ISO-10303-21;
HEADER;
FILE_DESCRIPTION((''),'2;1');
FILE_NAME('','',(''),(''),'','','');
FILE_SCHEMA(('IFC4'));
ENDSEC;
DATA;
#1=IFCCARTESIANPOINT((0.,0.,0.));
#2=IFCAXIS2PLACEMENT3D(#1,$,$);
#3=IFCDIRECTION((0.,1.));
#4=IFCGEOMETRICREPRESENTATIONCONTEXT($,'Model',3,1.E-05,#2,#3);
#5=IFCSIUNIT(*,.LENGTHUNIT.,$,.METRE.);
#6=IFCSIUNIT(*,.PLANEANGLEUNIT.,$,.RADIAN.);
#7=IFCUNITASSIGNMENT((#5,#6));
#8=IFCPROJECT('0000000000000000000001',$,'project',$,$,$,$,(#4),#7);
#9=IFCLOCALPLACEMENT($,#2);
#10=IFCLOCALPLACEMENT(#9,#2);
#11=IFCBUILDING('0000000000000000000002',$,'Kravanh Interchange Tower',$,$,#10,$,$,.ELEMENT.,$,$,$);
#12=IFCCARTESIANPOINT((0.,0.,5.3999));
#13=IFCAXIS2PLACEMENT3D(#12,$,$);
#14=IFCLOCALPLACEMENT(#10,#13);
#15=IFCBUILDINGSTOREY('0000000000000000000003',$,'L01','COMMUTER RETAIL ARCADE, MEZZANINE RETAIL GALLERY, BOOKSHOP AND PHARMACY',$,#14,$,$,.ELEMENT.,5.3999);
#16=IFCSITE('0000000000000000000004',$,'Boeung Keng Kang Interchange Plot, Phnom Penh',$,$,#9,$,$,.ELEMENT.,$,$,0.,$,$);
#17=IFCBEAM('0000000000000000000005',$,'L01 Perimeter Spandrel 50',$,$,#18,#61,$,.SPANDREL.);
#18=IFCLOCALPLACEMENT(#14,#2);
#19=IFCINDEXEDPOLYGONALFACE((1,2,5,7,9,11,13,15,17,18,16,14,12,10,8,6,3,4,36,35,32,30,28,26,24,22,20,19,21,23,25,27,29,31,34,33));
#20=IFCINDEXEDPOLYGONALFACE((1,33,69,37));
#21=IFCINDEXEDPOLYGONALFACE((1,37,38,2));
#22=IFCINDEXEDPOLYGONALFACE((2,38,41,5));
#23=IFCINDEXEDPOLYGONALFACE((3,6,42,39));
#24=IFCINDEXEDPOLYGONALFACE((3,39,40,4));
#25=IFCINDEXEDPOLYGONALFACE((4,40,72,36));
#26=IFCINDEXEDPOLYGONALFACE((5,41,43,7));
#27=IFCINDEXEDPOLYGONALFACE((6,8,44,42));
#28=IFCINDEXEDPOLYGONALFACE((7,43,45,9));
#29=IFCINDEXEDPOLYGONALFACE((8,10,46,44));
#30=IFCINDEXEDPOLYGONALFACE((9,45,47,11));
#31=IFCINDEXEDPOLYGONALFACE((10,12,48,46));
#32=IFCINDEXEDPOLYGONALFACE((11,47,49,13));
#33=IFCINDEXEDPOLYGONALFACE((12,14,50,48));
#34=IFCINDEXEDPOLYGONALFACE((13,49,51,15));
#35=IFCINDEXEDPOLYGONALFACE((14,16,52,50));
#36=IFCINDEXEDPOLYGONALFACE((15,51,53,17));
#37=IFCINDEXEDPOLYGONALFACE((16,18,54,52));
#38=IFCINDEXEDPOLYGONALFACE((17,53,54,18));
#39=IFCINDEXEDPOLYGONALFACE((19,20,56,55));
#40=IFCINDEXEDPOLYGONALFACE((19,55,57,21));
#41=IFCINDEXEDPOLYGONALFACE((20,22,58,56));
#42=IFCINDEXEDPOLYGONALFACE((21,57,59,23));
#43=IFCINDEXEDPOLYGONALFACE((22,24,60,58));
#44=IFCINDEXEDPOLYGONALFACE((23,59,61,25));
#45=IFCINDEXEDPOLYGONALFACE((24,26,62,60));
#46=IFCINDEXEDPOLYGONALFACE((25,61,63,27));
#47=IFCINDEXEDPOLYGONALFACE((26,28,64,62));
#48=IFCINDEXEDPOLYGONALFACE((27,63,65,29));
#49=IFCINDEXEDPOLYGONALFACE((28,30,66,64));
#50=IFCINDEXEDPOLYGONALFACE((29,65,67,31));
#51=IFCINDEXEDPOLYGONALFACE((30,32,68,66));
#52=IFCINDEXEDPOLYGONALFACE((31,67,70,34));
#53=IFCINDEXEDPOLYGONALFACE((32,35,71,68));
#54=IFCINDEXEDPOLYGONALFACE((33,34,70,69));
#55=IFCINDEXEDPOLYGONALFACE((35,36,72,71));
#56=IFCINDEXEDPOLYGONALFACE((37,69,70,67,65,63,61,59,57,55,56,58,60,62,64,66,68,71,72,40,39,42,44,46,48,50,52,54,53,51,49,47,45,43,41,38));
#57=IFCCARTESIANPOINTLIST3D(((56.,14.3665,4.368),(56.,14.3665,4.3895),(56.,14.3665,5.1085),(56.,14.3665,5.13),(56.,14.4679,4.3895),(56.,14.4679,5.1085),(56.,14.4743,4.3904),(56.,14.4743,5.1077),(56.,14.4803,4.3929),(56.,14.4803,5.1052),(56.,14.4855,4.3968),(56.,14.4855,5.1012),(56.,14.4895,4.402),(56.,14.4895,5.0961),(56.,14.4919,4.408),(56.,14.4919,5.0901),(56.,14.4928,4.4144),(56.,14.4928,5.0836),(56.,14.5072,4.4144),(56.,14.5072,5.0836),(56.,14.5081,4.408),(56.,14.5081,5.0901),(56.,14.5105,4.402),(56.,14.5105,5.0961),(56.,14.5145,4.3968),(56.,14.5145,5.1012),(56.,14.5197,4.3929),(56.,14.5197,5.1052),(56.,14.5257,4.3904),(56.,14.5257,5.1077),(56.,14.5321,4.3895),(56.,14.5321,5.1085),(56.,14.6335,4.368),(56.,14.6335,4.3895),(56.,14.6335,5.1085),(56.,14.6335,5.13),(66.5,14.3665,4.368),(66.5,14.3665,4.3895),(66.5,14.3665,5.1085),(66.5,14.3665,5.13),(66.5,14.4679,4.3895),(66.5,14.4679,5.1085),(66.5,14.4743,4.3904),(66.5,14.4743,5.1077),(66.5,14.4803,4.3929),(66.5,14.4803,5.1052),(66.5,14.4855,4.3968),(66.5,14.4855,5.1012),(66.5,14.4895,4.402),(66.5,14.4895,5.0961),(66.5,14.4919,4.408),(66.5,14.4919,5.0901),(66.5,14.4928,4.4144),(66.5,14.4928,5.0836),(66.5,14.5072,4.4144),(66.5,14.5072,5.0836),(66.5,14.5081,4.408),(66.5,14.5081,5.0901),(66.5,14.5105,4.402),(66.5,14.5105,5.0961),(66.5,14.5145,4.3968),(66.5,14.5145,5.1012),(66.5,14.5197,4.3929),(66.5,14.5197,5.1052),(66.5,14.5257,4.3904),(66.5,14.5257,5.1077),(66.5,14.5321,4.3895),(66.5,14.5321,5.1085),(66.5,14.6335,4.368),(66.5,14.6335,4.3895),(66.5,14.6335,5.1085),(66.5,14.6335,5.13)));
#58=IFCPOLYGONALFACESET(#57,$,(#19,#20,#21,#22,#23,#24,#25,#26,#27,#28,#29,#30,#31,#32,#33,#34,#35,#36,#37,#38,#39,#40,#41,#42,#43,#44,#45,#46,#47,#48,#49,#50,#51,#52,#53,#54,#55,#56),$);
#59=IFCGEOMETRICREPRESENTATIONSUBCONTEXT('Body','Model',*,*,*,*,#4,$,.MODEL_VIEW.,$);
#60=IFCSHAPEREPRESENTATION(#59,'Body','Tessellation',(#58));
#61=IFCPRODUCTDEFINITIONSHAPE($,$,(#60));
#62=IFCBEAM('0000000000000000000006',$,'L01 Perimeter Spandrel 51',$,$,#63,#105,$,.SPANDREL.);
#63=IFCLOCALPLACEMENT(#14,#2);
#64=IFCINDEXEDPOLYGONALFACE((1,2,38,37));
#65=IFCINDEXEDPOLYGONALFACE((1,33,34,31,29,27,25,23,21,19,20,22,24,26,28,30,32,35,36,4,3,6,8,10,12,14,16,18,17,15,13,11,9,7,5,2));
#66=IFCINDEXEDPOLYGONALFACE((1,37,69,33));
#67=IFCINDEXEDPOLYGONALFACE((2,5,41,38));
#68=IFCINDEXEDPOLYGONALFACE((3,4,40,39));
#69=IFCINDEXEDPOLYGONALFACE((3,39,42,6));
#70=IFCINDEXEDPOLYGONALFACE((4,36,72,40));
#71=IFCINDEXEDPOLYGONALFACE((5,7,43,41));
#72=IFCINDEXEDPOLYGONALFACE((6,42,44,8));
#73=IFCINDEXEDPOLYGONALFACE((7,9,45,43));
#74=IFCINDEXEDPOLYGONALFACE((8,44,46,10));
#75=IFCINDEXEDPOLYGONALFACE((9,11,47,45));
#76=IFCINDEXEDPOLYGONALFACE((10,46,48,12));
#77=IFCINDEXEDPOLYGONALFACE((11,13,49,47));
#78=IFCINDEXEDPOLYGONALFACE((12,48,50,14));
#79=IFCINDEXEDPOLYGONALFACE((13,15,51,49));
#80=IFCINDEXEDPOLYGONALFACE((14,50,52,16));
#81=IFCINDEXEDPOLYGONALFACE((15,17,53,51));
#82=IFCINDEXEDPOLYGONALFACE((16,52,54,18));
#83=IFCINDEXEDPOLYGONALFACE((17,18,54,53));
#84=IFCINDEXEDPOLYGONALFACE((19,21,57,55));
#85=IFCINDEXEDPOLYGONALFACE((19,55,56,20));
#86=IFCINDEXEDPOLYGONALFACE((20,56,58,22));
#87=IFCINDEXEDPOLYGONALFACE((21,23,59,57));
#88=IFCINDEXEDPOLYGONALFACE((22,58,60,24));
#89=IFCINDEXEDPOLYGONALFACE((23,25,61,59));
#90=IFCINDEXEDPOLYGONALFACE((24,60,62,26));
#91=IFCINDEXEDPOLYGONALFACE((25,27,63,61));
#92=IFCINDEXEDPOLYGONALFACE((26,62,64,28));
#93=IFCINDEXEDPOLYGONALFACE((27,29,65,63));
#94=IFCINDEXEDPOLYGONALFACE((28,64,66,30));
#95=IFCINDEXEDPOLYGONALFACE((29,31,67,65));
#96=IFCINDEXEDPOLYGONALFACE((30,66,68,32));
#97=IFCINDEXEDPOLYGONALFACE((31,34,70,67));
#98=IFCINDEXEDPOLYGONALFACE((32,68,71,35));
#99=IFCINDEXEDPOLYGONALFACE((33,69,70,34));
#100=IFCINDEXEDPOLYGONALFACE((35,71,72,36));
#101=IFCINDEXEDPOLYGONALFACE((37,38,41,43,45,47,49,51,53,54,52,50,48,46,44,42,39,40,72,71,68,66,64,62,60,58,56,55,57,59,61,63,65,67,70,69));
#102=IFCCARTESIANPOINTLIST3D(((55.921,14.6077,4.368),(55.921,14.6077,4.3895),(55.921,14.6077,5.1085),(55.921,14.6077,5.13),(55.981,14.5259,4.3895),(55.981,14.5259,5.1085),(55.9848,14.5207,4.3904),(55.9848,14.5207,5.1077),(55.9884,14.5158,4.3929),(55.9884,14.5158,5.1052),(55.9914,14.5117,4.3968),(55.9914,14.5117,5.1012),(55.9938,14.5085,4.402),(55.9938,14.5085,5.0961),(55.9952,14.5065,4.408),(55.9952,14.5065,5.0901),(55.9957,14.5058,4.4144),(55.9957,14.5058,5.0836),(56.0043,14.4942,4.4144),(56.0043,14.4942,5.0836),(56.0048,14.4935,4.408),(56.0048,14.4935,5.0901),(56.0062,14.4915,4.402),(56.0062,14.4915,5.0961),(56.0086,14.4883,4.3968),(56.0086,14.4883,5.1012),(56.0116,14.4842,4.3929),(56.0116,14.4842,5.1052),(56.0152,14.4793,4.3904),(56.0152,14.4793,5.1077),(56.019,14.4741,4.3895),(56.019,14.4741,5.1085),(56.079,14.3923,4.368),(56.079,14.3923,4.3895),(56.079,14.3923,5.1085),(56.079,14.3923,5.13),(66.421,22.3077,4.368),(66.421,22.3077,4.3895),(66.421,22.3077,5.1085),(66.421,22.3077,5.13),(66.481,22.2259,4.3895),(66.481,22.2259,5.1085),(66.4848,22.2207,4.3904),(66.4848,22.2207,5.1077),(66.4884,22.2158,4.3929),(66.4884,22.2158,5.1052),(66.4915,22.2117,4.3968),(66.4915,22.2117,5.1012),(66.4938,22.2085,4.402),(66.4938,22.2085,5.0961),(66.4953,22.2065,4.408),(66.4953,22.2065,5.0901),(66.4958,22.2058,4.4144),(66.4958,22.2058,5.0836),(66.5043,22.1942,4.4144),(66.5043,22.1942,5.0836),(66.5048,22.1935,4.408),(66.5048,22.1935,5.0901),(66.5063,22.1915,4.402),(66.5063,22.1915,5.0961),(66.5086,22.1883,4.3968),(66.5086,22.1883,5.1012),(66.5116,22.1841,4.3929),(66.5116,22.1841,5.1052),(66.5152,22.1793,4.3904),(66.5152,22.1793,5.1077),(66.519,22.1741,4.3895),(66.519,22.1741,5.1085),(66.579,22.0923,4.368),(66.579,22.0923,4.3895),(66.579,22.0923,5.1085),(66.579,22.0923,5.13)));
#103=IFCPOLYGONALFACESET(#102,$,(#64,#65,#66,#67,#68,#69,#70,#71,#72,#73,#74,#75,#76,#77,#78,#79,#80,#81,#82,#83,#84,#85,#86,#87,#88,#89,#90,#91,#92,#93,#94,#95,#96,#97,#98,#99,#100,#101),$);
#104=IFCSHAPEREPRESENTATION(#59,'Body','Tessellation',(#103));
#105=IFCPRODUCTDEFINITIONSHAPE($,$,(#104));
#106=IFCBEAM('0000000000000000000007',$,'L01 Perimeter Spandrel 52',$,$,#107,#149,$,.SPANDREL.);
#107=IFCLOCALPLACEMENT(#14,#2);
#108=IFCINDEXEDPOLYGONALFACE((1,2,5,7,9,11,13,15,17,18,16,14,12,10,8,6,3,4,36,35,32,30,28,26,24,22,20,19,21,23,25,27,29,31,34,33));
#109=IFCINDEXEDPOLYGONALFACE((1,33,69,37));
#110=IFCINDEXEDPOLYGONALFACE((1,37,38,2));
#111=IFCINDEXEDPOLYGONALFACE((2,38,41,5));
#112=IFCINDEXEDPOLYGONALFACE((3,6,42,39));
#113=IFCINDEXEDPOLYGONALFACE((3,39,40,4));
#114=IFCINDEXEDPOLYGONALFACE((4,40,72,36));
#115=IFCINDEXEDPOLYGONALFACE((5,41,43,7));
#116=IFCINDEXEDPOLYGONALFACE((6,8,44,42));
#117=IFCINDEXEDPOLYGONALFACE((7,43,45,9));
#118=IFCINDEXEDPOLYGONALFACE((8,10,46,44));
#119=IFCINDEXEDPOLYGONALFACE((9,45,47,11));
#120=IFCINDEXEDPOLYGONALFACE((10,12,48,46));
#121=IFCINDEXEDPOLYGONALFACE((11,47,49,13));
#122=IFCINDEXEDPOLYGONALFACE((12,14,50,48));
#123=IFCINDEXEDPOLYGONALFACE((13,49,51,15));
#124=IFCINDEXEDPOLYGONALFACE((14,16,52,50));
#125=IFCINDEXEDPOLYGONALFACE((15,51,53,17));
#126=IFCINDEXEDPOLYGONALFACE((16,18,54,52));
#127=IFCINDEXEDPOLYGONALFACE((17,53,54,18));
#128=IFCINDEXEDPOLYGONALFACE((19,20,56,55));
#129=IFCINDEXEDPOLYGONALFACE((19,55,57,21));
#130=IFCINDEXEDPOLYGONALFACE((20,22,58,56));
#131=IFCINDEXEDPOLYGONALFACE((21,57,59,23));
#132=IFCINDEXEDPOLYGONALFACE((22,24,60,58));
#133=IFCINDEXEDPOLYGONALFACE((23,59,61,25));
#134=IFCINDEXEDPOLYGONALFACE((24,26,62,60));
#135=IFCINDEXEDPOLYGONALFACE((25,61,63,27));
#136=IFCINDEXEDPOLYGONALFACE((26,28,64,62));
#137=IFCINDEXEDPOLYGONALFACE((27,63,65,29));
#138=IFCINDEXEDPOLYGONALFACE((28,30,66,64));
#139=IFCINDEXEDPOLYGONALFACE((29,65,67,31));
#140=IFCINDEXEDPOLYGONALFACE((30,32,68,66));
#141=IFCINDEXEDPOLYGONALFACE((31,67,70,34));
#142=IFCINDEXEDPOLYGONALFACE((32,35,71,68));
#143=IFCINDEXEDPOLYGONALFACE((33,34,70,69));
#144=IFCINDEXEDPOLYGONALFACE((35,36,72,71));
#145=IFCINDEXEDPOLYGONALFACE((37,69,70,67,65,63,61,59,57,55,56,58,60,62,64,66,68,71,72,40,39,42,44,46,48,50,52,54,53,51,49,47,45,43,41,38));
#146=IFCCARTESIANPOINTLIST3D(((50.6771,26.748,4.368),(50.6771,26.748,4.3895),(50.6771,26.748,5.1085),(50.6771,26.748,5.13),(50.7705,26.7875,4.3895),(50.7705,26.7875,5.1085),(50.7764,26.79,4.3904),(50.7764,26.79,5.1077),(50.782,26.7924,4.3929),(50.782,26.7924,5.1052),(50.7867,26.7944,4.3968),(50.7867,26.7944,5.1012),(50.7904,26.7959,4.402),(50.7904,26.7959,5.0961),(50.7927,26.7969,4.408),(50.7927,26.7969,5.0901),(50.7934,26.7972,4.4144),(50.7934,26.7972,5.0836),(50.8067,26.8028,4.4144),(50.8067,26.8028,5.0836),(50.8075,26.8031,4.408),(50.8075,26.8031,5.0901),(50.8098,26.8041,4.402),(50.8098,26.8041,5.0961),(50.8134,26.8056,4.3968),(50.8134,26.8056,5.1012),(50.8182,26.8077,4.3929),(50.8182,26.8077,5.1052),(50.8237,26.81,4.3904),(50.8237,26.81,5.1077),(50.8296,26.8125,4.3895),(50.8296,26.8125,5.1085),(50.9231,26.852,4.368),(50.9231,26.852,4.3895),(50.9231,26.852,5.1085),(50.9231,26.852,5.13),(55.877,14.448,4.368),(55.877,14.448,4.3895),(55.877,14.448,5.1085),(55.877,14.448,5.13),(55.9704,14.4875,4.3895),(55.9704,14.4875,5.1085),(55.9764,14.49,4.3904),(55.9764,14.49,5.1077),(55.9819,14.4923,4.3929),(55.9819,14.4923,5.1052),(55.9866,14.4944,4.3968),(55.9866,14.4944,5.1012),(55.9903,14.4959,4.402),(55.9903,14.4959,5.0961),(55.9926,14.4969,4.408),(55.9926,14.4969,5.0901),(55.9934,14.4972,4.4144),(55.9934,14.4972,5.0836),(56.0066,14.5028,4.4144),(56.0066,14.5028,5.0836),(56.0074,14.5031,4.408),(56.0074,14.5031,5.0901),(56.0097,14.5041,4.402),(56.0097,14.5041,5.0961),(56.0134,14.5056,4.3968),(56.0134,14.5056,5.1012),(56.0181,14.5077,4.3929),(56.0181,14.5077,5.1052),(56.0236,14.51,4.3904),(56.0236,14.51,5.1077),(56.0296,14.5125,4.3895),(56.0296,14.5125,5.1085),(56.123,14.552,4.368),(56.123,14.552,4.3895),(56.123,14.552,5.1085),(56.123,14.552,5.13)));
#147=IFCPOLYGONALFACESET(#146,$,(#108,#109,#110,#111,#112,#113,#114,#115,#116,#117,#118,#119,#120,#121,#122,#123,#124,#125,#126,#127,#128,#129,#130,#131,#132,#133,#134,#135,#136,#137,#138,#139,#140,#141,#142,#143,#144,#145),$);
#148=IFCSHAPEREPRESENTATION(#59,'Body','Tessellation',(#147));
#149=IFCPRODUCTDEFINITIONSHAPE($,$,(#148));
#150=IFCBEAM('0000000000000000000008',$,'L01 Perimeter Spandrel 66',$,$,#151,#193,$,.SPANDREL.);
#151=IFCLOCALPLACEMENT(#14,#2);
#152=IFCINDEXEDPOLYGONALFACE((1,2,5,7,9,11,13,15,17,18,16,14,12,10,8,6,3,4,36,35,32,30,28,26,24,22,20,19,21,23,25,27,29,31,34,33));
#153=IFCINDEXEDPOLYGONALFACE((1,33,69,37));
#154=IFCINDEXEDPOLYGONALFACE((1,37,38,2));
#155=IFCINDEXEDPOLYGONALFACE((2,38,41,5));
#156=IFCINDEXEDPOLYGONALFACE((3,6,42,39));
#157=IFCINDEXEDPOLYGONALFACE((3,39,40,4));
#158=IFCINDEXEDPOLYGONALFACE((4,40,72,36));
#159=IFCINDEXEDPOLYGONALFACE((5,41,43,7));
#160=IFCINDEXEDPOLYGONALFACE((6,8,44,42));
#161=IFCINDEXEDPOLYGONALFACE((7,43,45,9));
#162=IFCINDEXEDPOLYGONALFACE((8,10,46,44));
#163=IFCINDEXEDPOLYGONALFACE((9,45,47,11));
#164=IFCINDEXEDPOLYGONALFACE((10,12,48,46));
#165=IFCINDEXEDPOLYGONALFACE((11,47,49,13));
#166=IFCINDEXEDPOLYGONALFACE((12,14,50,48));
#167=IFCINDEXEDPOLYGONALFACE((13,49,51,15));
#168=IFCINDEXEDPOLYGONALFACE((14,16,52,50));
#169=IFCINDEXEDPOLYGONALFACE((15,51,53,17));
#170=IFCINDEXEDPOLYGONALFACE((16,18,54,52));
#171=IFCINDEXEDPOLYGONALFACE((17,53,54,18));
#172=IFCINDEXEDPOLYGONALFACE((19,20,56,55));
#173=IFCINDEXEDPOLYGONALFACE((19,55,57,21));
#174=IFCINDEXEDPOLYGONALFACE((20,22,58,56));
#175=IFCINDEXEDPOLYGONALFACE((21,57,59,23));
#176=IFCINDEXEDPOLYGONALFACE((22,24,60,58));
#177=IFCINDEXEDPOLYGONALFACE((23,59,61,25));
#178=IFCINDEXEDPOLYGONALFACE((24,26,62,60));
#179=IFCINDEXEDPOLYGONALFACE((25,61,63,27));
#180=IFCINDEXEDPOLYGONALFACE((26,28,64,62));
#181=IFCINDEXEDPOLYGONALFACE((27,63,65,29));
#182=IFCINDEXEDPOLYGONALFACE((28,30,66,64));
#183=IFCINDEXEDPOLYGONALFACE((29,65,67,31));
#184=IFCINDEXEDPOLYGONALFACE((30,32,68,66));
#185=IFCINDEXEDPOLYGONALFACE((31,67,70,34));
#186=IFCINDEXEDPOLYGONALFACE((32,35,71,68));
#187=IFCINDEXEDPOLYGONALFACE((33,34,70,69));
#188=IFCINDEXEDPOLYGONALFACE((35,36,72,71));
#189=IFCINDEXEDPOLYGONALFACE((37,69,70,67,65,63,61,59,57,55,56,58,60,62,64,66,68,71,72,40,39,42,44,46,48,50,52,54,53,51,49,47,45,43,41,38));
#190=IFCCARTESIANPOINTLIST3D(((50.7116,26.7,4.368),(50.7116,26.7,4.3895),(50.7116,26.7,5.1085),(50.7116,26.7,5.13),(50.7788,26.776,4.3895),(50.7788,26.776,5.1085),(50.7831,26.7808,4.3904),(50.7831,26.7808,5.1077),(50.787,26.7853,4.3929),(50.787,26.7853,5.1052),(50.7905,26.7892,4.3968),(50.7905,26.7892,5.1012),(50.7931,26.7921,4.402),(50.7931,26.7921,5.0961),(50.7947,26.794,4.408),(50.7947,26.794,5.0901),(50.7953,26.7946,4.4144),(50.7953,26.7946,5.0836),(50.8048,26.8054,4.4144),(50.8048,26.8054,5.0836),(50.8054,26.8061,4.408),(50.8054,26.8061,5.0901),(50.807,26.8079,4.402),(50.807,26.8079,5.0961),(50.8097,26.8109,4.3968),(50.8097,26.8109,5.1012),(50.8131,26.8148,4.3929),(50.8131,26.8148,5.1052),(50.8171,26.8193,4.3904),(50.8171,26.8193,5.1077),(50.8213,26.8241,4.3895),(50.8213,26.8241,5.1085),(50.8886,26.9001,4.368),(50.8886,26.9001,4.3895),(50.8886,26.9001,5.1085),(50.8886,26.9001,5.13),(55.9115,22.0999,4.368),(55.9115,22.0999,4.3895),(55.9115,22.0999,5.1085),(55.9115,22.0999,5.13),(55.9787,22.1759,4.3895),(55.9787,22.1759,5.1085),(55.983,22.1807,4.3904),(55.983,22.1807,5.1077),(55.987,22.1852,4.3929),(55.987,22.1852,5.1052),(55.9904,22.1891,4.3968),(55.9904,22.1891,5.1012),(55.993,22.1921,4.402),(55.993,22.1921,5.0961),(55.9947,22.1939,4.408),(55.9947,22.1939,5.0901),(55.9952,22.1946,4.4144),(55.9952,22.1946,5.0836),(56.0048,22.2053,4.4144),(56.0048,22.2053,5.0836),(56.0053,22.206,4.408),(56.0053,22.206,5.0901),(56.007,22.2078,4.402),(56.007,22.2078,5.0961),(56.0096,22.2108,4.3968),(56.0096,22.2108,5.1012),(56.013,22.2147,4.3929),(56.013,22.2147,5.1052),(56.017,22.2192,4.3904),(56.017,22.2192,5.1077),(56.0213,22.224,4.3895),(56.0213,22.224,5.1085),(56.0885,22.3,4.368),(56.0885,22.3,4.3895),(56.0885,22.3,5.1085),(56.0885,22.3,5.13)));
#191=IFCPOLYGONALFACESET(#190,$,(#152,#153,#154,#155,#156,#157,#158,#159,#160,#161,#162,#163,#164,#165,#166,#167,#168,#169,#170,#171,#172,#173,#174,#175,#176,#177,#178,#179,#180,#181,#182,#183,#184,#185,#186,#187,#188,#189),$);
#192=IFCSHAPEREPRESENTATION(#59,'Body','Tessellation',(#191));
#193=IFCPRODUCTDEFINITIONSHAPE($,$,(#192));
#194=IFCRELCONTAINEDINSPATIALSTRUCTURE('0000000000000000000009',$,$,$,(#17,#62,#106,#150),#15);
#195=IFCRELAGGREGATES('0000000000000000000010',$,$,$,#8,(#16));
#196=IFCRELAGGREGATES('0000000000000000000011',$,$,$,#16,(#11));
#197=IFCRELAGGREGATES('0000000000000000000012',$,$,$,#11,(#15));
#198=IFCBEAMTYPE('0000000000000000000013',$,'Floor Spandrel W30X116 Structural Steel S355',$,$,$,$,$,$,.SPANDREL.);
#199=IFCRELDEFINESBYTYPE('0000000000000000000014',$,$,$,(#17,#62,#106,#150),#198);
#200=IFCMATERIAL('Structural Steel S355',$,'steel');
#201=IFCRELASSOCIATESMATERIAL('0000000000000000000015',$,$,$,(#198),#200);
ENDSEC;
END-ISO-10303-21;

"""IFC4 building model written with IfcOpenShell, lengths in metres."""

from ifc_helpers import new_model, si_unit, direction, frame, origin, origin_2d, place, context, subcontext, project, spatial, i_section, extrude, material, material_profile, profile_set, type_object, element, save


model = new_model("IFC4")

# Units and contexts
model_context = context("Model", 3, precision=1e-05, world=origin(), true_north=direction((0.0, 1.0)))
body_context = subcontext(model_context, "Body", "Model", "MODEL_VIEW")
ifc_project = project(units=[si_unit("LENGTHUNIT", "METRE"), si_unit("PLANEANGLEUNIT", "RADIAN")], contexts=[model_context])

# Site, building, storey
site_placement = place(None, origin())
site = spatial("IfcSite", under=ifc_project, at=site_placement, Name="Boeung Keng Kang Interchange Plot, Phnom Penh", CompositionType="ELEMENT", RefElevation=0.0)
building_placement = place(site_placement, origin())
building = spatial("IfcBuilding", under=site, at=building_placement, Name="Kravanh Interchange Tower", CompositionType="ELEMENT")
storey_placement = place(building_placement, frame((0.0, 0.0, 5.3999)))
storey = spatial("IfcBuildingStorey", under=building, at=storey_placement, Name="L01", Description="COMMUTER RETAIL ARCADE, MEZZANINE RETAIL GALLERY, BOOKSHOP AND PHARMACY", CompositionType="ELEMENT", Elevation=5.3999)

# Beams
ifc_material_1 = material(Name="Structural Steel S355", Category="steel")
ifc_material_profile_1 = material_profile(ifc_material_1, i_section(OverallWidth=0.2671, OverallDepth=0.762, WebThickness=0.0144, FlangeThickness=0.0215, FilletRadius=0.0249, at=origin_2d()), Name="W30X116")
ifc_profile_set_1 = profile_set([ifc_material_profile_1], Name="Structural Steel S355")
beam_type_1 = type_object("IfcBeamType", Name="Floor Spandrel W30X116 Structural Steel S355", PredefinedType="SPANDREL", material=ifc_profile_set_1)
beam_1_placement = place(storey_placement, frame((56.0, 14.5, 4.749), z_axis=(1.0, 0.0, 0.0), x_axis=(0.0, 1.0, 0.0)))
element("IfcBeam", 1, at=beam_1_placement, inside=storey, type_object=beam_type_1, Name="L01 Perimeter Spandrel 50", PredefinedType="SPANDREL", context=body_context, shape_type="SweptSolid", body=[
    extrude(i_section(OverallWidth=0.2671, OverallDepth=0.762, WebThickness=0.0144, FlangeThickness=0.0215, FilletRadius=0.0249, at=origin_2d()), origin(), (0.0, 0.0, 1.0), 10.5),
])
beam_2_placement = place(storey_placement, frame((56.0, 14.5, 4.749), z_axis=(0.806407, 0.591361, 0.0), x_axis=(-0.591361, 0.806407, 0.0)))
element("IfcBeam", 2, at=beam_2_placement, inside=storey, type_object=beam_type_1, Name="L01 Perimeter Spandrel 51", PredefinedType="SPANDREL", context=body_context, shape_type="SweptSolid", body=[
    extrude(i_section(OverallWidth=0.2671, OverallDepth=0.762, WebThickness=0.0144, FlangeThickness=0.0215, FilletRadius=0.0249, at=origin_2d()), origin(), (0.0, 0.0, 1.0), 13.0208),
])
beam_3_placement = place(storey_placement, frame((56.0, 14.5, 4.749), z_axis=(-0.389391, 0.921072, 0.0), x_axis=(-0.921072, -0.389391, 0.0)))
element("IfcBeam", 3, at=beam_3_placement, inside=storey, type_object=beam_type_1, Name="L01 Perimeter Spandrel 52", PredefinedType="SPANDREL", context=body_context, shape_type="SweptSolid", body=[
    extrude(i_section(OverallWidth=0.2671, OverallDepth=0.762, WebThickness=0.0144, FlangeThickness=0.0215, FilletRadius=0.0249, at=origin_2d()), origin(), (0.0, 0.0, 1.0), 13.354),
])
beam_4_placement = place(storey_placement, frame((56.0, 22.2, 4.749), z_axis=(-0.748986, 0.662585, 0.0), x_axis=(-0.662585, -0.748986, 0.0)))
element("IfcBeam", 4, at=beam_4_placement, inside=storey, type_object=beam_type_1, Name="L01 Perimeter Spandrel 66", PredefinedType="SPANDREL", context=body_context, shape_type="SweptSolid", body=[
    extrude(i_section(OverallWidth=0.2671, OverallDepth=0.762, WebThickness=0.0144, FlangeThickness=0.0215, FilletRadius=0.0249, at=origin_2d()), origin(), (0.0, 0.0, 1.0), 6.9426),
])

save(model, "model.ifc")
